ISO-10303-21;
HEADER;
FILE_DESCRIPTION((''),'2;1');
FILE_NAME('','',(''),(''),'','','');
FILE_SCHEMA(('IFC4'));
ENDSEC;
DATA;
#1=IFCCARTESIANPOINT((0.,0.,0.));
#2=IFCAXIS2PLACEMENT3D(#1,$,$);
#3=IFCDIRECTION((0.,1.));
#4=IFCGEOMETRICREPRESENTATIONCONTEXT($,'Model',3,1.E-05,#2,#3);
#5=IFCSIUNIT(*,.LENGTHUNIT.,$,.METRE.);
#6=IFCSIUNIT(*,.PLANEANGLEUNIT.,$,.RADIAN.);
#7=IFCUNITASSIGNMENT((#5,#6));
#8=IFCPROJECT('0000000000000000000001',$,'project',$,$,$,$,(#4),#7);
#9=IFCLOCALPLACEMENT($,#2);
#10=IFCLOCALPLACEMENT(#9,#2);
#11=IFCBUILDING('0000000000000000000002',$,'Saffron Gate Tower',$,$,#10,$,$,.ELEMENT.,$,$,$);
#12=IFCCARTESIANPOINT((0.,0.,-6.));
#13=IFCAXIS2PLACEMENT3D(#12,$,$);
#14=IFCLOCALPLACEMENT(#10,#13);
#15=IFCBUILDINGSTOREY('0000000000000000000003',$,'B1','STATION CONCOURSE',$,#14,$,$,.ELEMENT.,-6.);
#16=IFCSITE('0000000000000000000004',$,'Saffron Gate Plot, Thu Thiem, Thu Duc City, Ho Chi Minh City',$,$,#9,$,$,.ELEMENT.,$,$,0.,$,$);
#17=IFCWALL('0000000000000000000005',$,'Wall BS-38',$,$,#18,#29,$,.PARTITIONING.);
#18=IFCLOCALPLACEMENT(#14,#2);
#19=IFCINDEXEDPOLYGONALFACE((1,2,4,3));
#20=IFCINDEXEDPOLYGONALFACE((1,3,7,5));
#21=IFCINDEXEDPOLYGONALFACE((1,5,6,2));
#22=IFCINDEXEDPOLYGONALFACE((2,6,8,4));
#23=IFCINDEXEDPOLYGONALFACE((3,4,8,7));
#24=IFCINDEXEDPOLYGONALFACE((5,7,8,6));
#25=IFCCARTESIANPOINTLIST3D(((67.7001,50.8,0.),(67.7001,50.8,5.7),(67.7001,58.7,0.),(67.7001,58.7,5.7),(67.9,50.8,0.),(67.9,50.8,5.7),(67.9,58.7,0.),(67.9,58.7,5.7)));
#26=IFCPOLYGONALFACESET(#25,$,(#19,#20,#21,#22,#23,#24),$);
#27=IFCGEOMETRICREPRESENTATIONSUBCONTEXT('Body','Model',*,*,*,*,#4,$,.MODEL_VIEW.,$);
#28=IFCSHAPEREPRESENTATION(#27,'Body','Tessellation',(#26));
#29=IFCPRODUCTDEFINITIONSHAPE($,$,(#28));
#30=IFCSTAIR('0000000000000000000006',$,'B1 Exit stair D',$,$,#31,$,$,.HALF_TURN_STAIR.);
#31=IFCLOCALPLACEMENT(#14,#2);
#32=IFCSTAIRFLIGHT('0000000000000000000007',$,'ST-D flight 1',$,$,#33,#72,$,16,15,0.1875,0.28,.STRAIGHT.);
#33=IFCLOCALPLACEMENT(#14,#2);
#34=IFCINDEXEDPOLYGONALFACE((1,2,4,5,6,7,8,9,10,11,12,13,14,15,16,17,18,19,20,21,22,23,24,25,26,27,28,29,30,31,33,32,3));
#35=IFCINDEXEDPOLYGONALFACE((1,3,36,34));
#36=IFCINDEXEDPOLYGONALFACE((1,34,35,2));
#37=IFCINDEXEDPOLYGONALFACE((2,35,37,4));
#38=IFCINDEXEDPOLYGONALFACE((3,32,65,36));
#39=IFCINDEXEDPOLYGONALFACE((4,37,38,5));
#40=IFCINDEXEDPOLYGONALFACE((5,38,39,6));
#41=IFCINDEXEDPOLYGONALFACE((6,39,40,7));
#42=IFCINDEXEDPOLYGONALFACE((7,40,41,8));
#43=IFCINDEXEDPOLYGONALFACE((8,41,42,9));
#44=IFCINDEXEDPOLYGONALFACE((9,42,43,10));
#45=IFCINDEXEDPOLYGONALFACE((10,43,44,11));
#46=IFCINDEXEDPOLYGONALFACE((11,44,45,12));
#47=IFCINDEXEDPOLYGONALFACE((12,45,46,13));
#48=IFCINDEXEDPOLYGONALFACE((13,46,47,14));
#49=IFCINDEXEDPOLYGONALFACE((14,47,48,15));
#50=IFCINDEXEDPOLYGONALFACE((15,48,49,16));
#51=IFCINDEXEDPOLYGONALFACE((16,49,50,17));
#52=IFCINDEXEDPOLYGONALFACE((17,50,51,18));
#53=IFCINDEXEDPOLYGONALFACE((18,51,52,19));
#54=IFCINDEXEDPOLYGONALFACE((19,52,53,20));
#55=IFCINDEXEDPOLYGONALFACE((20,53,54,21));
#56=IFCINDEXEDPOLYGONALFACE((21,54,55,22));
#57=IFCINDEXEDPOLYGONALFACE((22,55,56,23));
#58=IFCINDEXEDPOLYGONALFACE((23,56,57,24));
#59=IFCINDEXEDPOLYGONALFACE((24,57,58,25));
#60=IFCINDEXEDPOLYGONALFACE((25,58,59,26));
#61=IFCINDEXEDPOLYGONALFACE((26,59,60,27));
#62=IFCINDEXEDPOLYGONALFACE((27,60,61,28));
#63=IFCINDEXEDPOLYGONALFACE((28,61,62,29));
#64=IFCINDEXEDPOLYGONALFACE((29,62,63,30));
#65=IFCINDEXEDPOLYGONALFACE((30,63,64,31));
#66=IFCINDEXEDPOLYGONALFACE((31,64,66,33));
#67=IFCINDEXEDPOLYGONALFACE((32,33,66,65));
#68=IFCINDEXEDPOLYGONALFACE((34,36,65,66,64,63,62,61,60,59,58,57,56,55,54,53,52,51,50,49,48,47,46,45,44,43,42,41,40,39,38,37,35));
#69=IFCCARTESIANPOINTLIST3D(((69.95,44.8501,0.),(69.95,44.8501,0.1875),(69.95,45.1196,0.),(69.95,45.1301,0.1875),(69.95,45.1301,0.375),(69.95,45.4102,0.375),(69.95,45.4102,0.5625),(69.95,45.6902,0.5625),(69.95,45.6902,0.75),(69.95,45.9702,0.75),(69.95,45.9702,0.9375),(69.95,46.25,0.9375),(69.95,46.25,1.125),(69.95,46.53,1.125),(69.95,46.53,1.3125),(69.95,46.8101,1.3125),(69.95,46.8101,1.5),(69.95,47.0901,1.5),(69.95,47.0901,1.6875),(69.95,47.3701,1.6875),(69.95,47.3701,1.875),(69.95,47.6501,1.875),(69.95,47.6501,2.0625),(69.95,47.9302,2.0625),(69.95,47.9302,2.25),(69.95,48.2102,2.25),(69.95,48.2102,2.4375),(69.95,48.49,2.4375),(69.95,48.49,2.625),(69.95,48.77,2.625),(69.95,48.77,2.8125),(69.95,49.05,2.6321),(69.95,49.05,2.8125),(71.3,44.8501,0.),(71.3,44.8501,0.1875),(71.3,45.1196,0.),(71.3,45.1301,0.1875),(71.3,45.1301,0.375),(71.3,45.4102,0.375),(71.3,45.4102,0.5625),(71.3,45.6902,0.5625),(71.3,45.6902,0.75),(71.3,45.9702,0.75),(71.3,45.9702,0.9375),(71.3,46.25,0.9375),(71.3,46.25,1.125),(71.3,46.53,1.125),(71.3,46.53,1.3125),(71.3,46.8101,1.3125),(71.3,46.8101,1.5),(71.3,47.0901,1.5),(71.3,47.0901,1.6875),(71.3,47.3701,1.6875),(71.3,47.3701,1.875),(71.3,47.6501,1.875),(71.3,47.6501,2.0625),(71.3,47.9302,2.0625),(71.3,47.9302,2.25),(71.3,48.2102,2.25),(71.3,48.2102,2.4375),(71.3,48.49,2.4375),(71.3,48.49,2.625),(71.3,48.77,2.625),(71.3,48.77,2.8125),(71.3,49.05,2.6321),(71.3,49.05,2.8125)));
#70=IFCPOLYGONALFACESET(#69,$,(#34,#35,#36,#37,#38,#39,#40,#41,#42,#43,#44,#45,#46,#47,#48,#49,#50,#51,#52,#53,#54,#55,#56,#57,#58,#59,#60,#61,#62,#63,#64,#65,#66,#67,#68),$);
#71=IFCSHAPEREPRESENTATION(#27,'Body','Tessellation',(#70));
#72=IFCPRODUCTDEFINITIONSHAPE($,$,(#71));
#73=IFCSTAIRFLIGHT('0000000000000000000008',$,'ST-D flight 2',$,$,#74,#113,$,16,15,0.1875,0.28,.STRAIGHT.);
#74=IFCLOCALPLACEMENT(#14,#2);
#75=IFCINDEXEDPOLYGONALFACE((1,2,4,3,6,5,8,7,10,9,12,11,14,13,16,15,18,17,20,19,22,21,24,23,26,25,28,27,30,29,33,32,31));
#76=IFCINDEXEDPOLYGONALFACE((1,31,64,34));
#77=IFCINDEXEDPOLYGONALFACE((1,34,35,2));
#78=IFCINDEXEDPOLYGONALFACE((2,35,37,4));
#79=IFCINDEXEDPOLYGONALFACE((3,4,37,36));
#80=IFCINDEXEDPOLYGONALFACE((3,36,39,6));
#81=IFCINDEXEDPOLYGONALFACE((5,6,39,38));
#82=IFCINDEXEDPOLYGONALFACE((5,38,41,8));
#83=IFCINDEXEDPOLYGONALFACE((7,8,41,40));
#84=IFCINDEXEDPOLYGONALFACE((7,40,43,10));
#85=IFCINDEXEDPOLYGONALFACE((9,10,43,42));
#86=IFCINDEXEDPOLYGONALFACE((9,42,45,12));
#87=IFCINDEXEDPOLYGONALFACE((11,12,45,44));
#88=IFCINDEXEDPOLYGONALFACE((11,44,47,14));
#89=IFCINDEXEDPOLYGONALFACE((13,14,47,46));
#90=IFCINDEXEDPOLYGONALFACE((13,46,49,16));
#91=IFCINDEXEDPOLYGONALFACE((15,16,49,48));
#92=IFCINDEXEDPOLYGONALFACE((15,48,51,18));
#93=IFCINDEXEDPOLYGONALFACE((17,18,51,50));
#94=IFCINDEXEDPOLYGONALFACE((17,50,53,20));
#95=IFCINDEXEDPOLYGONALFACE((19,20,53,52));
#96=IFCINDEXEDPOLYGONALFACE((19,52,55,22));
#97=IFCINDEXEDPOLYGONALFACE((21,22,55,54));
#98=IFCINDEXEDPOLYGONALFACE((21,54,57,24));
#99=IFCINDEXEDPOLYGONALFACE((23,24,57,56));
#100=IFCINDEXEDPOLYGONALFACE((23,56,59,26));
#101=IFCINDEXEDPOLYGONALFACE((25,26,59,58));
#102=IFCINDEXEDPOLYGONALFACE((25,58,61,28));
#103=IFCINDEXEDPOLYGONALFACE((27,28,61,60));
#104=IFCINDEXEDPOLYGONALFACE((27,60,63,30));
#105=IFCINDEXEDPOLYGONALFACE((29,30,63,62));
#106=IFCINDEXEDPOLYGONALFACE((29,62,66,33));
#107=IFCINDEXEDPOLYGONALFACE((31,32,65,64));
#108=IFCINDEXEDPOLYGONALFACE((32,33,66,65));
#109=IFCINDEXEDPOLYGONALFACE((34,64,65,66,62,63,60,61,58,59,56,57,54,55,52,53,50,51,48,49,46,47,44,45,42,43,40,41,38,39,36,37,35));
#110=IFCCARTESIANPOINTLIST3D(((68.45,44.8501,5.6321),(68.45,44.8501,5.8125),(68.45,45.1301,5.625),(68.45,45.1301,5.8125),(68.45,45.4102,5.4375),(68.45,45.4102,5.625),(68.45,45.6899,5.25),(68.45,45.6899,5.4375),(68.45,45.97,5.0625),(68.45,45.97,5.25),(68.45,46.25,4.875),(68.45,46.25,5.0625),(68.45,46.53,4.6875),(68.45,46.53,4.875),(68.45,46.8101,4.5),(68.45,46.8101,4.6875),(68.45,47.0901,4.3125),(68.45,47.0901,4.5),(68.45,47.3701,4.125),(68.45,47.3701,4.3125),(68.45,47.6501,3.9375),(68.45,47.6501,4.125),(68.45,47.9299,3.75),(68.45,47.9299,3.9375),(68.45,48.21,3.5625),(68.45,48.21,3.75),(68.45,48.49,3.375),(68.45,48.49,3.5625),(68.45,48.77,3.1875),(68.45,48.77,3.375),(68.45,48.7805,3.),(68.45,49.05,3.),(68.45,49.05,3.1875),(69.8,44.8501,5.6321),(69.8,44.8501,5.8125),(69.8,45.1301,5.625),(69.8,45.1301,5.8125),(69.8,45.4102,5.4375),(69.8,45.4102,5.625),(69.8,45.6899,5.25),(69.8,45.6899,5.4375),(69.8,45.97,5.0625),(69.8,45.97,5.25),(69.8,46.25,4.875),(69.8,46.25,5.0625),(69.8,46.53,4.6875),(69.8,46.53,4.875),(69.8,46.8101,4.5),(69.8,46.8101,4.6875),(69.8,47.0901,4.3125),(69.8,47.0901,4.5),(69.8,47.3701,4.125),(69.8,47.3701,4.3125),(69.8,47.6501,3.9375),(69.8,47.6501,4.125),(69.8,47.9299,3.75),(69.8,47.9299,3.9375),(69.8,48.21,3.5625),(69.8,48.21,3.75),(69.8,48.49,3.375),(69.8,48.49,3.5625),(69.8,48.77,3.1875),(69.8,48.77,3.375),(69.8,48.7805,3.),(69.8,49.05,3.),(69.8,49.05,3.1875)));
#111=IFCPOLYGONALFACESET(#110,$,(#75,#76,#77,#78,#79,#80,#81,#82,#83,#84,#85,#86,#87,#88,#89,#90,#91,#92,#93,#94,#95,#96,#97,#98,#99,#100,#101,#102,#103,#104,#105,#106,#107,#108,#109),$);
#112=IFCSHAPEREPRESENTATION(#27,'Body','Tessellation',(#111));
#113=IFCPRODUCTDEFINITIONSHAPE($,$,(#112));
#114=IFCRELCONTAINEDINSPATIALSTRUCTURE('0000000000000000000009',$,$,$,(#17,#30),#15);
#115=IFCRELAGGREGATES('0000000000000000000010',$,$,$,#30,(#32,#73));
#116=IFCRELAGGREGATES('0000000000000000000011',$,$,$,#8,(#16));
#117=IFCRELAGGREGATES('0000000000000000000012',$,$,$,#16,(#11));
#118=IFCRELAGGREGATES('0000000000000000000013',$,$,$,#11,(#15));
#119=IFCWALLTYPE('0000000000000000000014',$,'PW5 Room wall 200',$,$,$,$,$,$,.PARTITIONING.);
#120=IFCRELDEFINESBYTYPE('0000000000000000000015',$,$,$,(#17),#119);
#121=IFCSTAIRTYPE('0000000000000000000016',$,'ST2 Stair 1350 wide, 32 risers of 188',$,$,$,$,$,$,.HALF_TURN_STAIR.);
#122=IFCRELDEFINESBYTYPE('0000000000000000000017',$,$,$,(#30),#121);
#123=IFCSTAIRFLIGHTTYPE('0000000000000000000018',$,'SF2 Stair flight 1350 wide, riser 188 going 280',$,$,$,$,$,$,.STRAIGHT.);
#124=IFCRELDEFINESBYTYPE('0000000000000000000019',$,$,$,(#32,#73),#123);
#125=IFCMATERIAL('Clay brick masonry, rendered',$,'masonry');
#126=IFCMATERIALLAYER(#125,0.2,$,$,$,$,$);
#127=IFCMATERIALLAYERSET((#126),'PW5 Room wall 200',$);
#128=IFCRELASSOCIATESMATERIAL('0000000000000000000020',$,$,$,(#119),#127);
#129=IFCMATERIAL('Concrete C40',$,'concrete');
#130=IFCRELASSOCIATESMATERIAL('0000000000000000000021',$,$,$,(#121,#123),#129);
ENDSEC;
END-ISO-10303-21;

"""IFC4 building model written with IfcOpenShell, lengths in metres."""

from ifc_helpers import new_model, si_unit, direction, frame, frame_2d, origin, place, context, subcontext, project, spatial, polyline, rectangle, outline, extrude, material, layer, layer_set, type_object, element, aggregate, save


model = new_model("IFC4")

# Units and contexts
model_context = context("Model", 3, precision=1e-05, world=origin(), true_north=direction((0.0, 1.0)))
body_context = subcontext(model_context, "Body", "Model", "MODEL_VIEW")
ifc_project = project(units=[si_unit("LENGTHUNIT", "METRE"), si_unit("PLANEANGLEUNIT", "RADIAN")], contexts=[model_context])

# Site, building, storey
site_placement = place(None, origin())
site = spatial("IfcSite", under=ifc_project, at=site_placement, Name="Saffron Gate Plot, Thu Thiem, Thu Duc City, Ho Chi Minh City", CompositionType="ELEMENT", RefElevation=0.0)
building_placement = place(site_placement, origin())
building = spatial("IfcBuilding", under=site, at=building_placement, Name="Saffron Gate Tower", CompositionType="ELEMENT")
storey_placement = place(building_placement, frame((0.0, 0.0, -6.0)))
storey = spatial("IfcBuildingStorey", under=building, at=storey_placement, Name="B1", Description="STATION CONCOURSE", CompositionType="ELEMENT", Elevation=-6.0)

# Shared definitions
ifc_material_1 = material(Name="Concrete C40", Category="concrete")

# Shared definitions
ifc_material_2 = material(Name="Clay brick masonry, rendered", Category="masonry")

# Wall
ifc_layer_1 = layer(ifc_material_2, 0.2)
ifc_layer_set_1 = layer_set([ifc_layer_1], Name="PW5 Room wall 200")
wall_type_1 = type_object("IfcWallType", Name="PW5 Room wall 200", PredefinedType="PARTITIONING", material=ifc_layer_set_1)
wall_1_placement = place(storey_placement, frame((67.8, 58.7, 0.0), z_axis=(0.0, 0.0, 1.0), x_axis=(0.0, -1.0, 0.0)))
element("IfcWall", 1, at=wall_1_placement, inside=storey, type_object=wall_type_1, Name="Wall BS-38", PredefinedType="PARTITIONING", context=body_context, shape_type="SweptSolid", body=[
    extrude(rectangle(XDim=7.8999, YDim=0.2, at=frame_2d((3.95, 0.0))), origin(), (0.0, 0.0, 1.0), 5.7),
])

# Stair, stair flights
stair_type = type_object("IfcStairType", Name="ST2 Stair 1350 wide, 32 risers of 188", PredefinedType="HALF_TURN_STAIR", material=ifc_material_1)
stair_placement = place(storey_placement, origin())
stair = element("IfcStair", 2, at=stair_placement, inside=storey, type_object=stair_type, Name="B1 Exit stair D", PredefinedType="HALF_TURN_STAIR")
stair_flight_type = type_object("IfcStairFlightType", Name="SF2 Stair flight 1350 wide, riser 188 going 280", PredefinedType="STRAIGHT", material=ifc_material_1)
stair_flight_1_placement = place(storey_placement, frame((70.625, 44.8501, 0.0), z_axis=(0.0, 0.0, 1.0), x_axis=(0.0, 1.0, 0.0)))
stair_flight_1 = element("IfcStairFlight", 3, at=stair_flight_1_placement, type_object=stair_flight_type, Name="ST-D flight 1", NumberOfRisers=16, NumberOfTreads=15, PredefinedType="STRAIGHT", RiserHeight=0.1875, TreadLength=0.28, context=body_context, shape_type="SweptSolid", body=[
    extrude(outline(polyline([(0.0, 0.0), (0.0, 0.1875), (0.28, 0.1875), (0.28, 0.375), (0.5601, 0.375), (0.5601, 0.5625), (0.8401, 0.5625), (0.8401, 0.75), (1.1201, 0.75), (1.1201, 0.9375), (1.3999, 0.9375), (1.3999, 1.125), (1.6799, 1.125), (1.6799, 1.3125), (1.96, 1.3125), (1.96, 1.5), (2.24, 1.5), (2.24, 1.6875), (2.52, 1.6875), (2.52, 1.875), (2.8, 1.875), (2.8, 2.0625), (3.0801, 2.0625), (3.0801, 2.25), (3.3601, 2.25), (3.3601, 2.4375), (3.6399, 2.4375), (3.6399, 2.625), (3.9199, 2.625), (3.9199, 2.8125), (4.2, 2.8125), (4.2, 3.0), (4.2, 2.6321), (0.2695, 0.0), (0.0, 0.0)])), frame((0.0, 0.675, 0.0), z_axis=(0.0, -1.0, 0.0), x_axis=(1.0, 0.0, 0.0)), (0.0, 0.0, 1.0), 1.3501),
])
stair_flight_2_placement = place(storey_placement, frame((69.125, 49.05, 3.0), z_axis=(0.0, 0.0, 1.0), x_axis=(0.0, -1.0, 0.0)))
stair_flight_2 = element("IfcStairFlight", 4, at=stair_flight_2_placement, type_object=stair_flight_type, Name="ST-D flight 2", NumberOfRisers=16, NumberOfTreads=15, PredefinedType="STRAIGHT", RiserHeight=0.1875, TreadLength=0.28, context=body_context, shape_type="SweptSolid", body=[
    extrude(outline(polyline([(0.0, 0.0), (0.0, 0.1875), (0.28, 0.1875), (0.28, 0.375), (0.5601, 0.375), (0.5601, 0.5625), (0.8401, 0.5625), (0.8401, 0.75), (1.1201, 0.75), (1.1201, 0.9375), (1.3999, 0.9375), (1.3999, 1.125), (1.6799, 1.125), (1.6799, 1.3125), (1.96, 1.3125), (1.96, 1.5), (2.24, 1.5), (2.24, 1.6875), (2.52, 1.6875), (2.52, 1.875), (2.8, 1.875), (2.8, 2.0625), (3.0801, 2.0625), (3.0801, 2.25), (3.3601, 2.25), (3.3601, 2.4375), (3.6399, 2.4375), (3.6399, 2.625), (3.9199, 2.625), (3.9199, 2.8125), (4.2, 2.8125), (4.2, 3.0), (4.2, 2.6321), (0.2695, 0.0), (0.0, 0.0)])), frame((0.0, 0.675, 0.0), z_axis=(0.0, -1.0, 0.0), x_axis=(1.0, 0.0, 0.0)), (0.0, 0.0, 1.0), 1.3501),
])
aggregate(stair, [stair_flight_1, stair_flight_2])

save(model, "model.ifc")
